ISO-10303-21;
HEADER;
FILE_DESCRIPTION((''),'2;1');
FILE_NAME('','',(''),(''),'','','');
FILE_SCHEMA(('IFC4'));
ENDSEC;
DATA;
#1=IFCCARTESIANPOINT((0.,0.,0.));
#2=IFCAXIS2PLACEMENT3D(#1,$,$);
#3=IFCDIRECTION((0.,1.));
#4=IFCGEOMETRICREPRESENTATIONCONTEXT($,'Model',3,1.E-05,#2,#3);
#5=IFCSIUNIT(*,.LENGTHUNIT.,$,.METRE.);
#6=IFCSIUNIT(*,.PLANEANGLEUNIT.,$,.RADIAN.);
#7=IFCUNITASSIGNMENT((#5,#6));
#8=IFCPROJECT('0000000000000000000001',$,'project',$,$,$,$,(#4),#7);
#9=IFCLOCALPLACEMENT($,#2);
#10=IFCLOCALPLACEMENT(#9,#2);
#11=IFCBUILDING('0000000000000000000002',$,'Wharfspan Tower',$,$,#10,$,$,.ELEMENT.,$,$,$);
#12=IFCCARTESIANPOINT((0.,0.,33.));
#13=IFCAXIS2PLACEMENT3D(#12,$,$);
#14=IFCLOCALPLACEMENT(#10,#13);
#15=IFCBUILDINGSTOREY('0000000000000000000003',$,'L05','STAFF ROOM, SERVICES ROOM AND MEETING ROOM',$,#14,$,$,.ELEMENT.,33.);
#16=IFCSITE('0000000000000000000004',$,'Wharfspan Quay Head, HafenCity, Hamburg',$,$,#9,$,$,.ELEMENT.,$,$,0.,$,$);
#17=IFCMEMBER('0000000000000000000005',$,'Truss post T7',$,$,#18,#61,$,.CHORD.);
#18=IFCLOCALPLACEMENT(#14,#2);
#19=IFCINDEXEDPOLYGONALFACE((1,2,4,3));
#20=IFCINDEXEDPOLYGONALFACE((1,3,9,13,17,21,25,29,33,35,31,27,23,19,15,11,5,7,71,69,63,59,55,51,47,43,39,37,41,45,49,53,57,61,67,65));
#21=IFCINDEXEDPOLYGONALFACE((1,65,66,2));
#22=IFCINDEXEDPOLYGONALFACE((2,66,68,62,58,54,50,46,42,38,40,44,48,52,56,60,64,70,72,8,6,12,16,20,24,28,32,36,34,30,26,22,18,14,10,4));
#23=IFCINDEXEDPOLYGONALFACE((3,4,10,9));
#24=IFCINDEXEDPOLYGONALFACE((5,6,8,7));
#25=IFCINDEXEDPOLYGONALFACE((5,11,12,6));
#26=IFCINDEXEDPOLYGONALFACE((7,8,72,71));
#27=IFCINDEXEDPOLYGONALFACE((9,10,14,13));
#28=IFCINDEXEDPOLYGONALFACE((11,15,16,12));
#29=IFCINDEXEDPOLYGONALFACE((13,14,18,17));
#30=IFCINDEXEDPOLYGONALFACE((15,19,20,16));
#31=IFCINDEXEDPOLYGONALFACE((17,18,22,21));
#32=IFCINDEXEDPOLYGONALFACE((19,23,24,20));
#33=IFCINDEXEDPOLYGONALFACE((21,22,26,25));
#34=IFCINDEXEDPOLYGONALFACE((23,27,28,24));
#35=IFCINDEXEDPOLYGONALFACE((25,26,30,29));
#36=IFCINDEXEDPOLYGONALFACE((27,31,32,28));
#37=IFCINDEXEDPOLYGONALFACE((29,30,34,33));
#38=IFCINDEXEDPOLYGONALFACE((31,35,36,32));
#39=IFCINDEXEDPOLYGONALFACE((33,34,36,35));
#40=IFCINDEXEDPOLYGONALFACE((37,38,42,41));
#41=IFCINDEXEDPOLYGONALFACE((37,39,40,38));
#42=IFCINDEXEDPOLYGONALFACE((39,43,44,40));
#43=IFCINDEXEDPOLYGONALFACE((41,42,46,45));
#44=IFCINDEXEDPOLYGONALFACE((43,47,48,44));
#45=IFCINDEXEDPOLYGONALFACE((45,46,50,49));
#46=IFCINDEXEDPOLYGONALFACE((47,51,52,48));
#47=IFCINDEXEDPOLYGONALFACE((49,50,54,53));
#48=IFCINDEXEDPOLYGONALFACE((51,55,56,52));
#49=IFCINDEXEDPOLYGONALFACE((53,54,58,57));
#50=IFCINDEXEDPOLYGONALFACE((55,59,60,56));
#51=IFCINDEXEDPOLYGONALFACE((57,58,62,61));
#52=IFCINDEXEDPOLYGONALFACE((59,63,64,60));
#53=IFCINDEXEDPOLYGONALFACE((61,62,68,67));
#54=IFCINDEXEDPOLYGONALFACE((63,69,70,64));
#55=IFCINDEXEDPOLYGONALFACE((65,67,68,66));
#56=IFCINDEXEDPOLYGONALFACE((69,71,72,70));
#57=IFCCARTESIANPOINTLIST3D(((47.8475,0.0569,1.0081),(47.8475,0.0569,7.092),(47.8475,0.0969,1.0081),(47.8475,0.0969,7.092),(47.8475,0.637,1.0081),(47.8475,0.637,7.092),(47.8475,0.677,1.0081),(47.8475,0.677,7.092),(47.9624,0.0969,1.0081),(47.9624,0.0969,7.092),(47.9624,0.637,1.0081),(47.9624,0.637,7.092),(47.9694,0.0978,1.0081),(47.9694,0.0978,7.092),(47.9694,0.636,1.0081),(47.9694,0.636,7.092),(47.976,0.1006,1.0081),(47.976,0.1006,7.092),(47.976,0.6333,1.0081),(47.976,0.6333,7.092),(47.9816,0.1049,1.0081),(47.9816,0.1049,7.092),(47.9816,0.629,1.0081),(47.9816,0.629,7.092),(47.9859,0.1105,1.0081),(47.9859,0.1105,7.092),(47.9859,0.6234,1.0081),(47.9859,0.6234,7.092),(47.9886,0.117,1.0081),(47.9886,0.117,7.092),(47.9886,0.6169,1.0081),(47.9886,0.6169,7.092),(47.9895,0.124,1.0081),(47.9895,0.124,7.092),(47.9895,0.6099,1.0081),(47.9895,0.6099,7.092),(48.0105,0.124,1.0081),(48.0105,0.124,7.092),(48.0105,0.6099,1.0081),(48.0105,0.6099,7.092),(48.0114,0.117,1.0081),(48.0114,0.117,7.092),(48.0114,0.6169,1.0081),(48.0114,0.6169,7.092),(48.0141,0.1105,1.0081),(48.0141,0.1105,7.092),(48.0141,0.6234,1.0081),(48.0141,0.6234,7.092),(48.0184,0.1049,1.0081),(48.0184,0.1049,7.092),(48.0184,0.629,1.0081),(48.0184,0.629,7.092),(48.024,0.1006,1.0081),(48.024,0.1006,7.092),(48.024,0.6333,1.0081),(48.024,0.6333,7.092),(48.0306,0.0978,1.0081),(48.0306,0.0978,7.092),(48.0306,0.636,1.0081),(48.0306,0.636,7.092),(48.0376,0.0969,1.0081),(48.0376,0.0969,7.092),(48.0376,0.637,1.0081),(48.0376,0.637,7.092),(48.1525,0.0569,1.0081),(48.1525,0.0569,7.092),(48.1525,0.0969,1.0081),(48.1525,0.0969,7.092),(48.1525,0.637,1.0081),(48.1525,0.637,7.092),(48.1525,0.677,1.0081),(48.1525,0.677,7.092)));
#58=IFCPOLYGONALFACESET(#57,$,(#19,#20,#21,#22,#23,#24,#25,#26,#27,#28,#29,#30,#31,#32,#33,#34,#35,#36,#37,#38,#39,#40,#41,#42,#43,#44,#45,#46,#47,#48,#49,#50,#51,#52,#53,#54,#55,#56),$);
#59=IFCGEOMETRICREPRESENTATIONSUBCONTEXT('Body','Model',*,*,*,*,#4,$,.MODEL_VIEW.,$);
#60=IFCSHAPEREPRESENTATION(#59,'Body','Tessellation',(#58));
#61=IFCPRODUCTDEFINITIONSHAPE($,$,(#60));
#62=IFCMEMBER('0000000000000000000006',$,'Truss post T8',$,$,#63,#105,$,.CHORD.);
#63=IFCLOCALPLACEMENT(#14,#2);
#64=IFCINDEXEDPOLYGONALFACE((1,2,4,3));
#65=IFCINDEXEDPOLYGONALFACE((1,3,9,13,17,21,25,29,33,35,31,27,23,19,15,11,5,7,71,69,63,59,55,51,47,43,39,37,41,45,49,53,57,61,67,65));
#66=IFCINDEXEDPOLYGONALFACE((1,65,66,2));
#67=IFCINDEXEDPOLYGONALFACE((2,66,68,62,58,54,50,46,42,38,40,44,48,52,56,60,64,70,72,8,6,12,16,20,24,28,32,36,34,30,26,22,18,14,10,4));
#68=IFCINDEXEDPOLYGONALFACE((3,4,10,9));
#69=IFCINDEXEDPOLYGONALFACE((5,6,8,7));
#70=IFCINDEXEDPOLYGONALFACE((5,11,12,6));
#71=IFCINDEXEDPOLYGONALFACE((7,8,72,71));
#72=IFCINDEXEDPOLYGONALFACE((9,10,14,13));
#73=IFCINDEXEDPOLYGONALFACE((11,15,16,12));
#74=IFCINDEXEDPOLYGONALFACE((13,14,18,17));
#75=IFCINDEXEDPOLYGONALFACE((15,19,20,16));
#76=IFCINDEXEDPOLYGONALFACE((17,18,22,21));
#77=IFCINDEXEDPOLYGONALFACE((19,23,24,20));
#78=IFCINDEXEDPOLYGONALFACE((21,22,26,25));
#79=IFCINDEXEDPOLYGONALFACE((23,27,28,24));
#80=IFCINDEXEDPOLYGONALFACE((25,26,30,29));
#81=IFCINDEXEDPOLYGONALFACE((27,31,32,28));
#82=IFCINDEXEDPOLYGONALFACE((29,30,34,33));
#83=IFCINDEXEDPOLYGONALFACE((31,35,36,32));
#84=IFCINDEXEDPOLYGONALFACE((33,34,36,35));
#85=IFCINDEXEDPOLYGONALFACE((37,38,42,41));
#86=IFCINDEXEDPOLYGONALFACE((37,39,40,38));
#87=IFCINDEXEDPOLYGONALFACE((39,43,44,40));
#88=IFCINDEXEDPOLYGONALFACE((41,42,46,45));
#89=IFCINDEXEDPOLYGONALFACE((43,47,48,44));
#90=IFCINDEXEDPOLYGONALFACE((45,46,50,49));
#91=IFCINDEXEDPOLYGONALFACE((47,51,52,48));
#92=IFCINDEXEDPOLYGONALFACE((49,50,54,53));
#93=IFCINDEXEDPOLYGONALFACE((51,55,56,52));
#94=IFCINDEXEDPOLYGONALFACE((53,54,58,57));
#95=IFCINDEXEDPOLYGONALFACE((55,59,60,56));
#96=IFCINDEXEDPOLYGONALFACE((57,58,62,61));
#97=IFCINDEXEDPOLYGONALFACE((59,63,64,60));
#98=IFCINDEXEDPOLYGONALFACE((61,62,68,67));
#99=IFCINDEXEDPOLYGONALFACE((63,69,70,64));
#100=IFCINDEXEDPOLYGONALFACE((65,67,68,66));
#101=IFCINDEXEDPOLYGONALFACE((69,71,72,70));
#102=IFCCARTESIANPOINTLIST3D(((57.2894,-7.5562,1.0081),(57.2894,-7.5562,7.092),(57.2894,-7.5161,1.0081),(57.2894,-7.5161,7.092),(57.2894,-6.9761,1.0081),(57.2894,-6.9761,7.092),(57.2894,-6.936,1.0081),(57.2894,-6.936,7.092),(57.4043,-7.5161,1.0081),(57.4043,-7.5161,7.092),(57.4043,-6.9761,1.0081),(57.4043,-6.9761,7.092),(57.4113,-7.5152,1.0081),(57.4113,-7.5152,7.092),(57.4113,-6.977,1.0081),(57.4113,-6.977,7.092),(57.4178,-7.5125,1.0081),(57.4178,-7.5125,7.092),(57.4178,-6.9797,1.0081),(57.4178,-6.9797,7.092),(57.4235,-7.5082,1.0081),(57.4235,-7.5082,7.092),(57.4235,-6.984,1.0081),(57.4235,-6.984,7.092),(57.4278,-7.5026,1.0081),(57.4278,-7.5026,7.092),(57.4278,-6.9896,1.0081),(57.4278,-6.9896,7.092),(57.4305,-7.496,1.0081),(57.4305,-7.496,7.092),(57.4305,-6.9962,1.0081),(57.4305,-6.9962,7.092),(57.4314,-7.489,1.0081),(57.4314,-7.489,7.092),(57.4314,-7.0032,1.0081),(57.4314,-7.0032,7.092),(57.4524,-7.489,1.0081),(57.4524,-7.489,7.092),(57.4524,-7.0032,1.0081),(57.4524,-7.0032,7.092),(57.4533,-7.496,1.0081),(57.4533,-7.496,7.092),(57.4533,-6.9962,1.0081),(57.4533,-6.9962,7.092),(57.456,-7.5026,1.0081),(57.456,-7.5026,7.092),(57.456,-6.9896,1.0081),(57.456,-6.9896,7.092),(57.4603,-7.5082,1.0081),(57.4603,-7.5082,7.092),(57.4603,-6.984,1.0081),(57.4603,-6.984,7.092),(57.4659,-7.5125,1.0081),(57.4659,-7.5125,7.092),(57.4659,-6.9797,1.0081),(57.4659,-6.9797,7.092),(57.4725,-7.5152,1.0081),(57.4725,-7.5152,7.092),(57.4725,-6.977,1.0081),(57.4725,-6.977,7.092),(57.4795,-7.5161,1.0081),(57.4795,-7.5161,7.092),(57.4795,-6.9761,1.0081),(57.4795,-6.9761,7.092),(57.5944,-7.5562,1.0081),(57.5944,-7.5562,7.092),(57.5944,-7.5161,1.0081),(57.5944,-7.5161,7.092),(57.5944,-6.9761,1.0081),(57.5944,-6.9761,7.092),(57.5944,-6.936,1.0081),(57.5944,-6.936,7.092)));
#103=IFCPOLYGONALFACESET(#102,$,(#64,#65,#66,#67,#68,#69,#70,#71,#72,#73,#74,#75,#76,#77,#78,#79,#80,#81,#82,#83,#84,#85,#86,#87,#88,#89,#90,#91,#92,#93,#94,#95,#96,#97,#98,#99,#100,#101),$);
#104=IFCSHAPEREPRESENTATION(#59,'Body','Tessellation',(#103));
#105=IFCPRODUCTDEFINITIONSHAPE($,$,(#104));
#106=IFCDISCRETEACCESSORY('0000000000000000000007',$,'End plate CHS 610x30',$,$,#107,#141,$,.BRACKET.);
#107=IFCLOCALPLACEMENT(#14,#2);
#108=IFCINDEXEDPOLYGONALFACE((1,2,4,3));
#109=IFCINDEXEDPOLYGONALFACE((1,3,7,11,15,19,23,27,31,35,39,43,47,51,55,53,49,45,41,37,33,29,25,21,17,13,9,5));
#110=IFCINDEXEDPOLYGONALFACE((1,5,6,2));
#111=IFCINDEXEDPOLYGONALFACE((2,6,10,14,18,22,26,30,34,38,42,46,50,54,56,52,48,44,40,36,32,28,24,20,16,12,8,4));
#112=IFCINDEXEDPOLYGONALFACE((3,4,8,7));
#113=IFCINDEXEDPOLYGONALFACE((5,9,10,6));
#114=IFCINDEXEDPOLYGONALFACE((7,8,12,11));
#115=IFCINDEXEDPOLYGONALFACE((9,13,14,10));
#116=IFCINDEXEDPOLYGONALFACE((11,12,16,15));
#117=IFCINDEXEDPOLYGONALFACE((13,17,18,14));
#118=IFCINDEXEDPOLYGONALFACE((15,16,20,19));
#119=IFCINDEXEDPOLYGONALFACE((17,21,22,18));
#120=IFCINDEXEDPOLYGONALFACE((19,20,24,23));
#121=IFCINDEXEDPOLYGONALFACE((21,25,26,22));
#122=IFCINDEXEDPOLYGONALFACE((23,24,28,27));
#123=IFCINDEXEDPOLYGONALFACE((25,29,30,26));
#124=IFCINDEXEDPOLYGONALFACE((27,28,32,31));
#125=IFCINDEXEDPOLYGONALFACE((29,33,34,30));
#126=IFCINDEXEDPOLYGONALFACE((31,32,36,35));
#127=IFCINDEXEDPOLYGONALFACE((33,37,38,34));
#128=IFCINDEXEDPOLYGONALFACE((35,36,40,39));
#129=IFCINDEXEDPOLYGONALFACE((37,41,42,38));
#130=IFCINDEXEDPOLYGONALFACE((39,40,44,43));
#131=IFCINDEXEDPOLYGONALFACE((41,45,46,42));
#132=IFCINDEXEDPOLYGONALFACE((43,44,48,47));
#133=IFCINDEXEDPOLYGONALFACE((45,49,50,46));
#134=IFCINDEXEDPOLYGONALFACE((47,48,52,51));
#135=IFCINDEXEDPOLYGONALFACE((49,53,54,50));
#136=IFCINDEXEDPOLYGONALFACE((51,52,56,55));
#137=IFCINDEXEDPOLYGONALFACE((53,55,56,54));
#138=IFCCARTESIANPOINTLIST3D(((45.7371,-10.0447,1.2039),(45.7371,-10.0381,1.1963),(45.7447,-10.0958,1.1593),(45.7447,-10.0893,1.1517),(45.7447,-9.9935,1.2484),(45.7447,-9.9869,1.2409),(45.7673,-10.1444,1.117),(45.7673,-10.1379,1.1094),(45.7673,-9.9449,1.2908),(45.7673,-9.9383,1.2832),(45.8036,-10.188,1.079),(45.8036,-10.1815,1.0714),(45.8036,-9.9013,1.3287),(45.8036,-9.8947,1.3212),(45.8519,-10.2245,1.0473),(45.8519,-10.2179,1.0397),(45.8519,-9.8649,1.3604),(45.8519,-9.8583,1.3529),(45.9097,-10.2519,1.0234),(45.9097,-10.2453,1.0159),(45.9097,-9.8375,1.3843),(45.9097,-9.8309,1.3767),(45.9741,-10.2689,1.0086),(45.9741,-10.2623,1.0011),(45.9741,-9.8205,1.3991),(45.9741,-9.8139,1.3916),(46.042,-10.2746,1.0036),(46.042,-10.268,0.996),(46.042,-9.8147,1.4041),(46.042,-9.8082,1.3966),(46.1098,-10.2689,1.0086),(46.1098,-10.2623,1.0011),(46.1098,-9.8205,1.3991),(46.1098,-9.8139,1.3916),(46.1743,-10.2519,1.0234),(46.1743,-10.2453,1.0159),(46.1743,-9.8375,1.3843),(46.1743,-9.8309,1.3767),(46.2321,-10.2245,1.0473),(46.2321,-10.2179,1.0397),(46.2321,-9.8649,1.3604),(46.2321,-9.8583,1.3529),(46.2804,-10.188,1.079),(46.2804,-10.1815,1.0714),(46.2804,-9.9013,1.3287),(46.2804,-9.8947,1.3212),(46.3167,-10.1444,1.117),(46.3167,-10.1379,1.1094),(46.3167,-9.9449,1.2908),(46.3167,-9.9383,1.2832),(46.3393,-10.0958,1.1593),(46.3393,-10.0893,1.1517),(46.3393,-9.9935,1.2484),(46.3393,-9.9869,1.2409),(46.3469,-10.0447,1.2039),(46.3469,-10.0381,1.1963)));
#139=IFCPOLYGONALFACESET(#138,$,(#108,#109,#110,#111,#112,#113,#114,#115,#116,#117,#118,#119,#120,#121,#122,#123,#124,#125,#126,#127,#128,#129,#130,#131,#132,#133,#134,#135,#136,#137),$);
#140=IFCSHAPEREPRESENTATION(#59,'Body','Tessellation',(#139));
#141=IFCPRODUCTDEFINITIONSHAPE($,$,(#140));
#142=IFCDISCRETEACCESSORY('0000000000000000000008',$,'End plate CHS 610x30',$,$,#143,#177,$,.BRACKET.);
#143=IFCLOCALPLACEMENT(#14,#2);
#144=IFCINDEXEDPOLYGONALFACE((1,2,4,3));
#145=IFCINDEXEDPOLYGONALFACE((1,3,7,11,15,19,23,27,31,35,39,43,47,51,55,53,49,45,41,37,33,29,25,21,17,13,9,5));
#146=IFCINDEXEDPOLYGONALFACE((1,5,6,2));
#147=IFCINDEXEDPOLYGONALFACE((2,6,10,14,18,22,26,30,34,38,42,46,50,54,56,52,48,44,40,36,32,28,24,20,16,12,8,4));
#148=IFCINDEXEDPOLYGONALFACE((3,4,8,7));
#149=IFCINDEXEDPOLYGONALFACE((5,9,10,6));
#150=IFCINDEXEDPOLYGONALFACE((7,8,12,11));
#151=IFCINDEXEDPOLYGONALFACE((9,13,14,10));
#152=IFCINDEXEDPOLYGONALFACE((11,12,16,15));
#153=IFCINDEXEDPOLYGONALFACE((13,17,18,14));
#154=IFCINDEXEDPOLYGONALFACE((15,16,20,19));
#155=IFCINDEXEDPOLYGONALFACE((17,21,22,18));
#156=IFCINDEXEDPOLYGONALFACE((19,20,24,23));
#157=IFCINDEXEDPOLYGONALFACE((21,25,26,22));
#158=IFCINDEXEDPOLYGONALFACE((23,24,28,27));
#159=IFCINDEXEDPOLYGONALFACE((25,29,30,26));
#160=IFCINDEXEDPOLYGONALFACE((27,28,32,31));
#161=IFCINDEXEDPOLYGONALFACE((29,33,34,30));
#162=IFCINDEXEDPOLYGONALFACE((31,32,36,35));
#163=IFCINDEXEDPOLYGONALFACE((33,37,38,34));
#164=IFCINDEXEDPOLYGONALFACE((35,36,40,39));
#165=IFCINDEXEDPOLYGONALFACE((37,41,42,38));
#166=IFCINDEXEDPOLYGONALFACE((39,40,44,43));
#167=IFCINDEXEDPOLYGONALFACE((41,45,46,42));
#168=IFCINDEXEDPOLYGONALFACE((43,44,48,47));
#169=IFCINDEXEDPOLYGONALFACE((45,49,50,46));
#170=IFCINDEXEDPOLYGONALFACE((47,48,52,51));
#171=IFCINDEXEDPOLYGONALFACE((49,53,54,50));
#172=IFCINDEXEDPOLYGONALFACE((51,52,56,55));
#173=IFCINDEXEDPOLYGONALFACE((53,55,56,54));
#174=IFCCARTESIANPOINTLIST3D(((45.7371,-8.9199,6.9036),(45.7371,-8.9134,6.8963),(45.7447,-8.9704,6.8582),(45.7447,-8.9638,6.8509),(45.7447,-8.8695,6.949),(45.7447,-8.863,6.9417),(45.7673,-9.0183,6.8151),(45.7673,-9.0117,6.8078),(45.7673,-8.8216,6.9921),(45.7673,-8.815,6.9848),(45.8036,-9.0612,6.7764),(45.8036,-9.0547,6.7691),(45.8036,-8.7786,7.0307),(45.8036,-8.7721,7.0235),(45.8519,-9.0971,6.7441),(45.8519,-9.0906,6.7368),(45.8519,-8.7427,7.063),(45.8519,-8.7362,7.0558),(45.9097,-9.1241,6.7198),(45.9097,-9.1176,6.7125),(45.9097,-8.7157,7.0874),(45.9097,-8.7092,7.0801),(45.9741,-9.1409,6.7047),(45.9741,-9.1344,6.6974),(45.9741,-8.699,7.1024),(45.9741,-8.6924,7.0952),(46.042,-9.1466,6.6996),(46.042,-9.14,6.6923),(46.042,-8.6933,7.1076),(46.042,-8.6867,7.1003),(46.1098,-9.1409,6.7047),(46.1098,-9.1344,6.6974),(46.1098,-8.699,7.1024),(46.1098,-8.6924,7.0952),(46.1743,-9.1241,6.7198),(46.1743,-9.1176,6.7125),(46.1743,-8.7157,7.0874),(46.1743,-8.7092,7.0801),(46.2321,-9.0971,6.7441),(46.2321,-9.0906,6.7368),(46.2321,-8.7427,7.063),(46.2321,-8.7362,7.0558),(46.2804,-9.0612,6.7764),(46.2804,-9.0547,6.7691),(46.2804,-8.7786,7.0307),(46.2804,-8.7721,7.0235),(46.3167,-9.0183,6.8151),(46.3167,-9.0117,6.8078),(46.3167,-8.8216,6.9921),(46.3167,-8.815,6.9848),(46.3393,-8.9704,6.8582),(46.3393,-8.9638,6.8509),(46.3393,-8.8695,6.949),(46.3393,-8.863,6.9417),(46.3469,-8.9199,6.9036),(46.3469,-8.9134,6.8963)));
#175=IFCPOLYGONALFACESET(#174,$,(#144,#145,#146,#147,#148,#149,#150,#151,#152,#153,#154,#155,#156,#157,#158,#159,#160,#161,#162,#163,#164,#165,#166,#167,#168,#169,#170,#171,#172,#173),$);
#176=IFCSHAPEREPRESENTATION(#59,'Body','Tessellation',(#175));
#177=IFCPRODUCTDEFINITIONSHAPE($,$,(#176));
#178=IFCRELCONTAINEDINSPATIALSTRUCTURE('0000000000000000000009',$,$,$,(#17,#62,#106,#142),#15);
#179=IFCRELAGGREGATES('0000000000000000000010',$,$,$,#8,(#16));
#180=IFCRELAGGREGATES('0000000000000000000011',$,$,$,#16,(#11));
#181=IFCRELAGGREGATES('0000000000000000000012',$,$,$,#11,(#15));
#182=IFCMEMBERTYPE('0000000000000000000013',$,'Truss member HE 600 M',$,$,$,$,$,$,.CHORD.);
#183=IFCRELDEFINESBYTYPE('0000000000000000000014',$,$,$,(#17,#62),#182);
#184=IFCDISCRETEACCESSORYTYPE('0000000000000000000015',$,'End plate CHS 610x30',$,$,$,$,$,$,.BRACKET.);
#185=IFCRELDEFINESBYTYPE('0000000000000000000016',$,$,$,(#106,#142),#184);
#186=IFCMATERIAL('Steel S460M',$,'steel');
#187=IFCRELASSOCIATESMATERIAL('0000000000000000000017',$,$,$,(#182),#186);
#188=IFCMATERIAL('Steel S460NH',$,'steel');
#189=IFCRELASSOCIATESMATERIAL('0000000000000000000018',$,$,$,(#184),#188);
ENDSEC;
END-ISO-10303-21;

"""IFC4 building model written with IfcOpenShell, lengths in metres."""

from ifc_helpers import new_model, si_unit, direction, frame, origin, origin_2d, place, context, subcontext, project, spatial, circle, i_section, extrude, material, material_profile, profile_set, type_object, element, save


model = new_model("IFC4")

# Units and contexts
model_context = context("Model", 3, precision=1e-05, world=origin(), true_north=direction((0.0, 1.0)))
body_context = subcontext(model_context, "Body", "Model", "MODEL_VIEW")
ifc_project = project(units=[si_unit("LENGTHUNIT", "METRE"), si_unit("PLANEANGLEUNIT", "RADIAN")], contexts=[model_context])

# Site, building, storey
site_placement = place(None, origin())
site = spatial("IfcSite", under=ifc_project, at=site_placement, Name="Wharfspan Quay Head, HafenCity, Hamburg", CompositionType="ELEMENT", RefElevation=0.0)
building_placement = place(site_placement, origin())
building = spatial("IfcBuilding", under=site, at=building_placement, Name="Wharfspan Tower", CompositionType="ELEMENT")
storey_placement = place(building_placement, frame((0.0, 0.0, 33.0)))
storey = spatial("IfcBuildingStorey", under=building, at=storey_placement, Name="L05", Description="STAFF ROOM, SERVICES ROOM AND MEETING ROOM", CompositionType="ELEMENT", Elevation=33.0)

# Members
ifc_material_1 = material(Name="Steel S460NH", Category="steel")
ifc_material_2 = material(Name="Steel S460M", Category="steel")
ifc_material_profile_1 = material_profile(ifc_material_2, i_section(OverallWidth=0.3049, OverallDepth=0.6201, WebThickness=0.021, FlangeThickness=0.04, FilletRadius=0.0271, at=origin_2d()))
ifc_profile_set_1 = profile_set([ifc_material_profile_1], Name="Steel S460M")
member_type_1 = type_object("IfcMemberType", Name="Truss member HE 600 M", PredefinedType="CHORD", material=ifc_profile_set_1)
for number, where, z_axis, x_axis, name in (
    (1, (48.0, 0.3669, 1.0081), (0.0, 0.0, 1.0), (1.0, 0.0, 0.0), "Truss post T7"),
    (2, (57.4419, -7.2461, 1.0081), (0.0, 0.0, 1.0), (1.0, 0.0, 0.0), "Truss post T8"),
):
    element("IfcMember", number, at=place(storey_placement, frame(where, z_axis=z_axis, x_axis=x_axis)), inside=storey, type_object=member_type_1, Name=name, PredefinedType="CHORD", context=body_context, shape_type="SweptSolid", body=[
        extrude(i_section(OverallWidth=0.3049, OverallDepth=0.6201, WebThickness=0.021, FlangeThickness=0.04, FilletRadius=0.0271, at=origin_2d()), origin(), (0.0, 0.0, 1.0), 6.084),
    ])

# Discrete accessories
ifc_material_profile_2 = material_profile(ifc_material_1, circle(Radius=0.3049, at=origin_2d()))
ifc_profile_set_2 = profile_set([ifc_material_profile_2], Name="Steel S460NH")
discrete_accessory_type_1 = type_object("IfcDiscreteAccessoryType", Name="End plate CHS 610x30", PredefinedType="BRACKET", material=ifc_profile_set_2)
discrete_accessory_1_placement = place(storey_placement, frame((46.042, -10.0447, 1.2039), z_axis=(0.0, 0.656781, -0.754082), x_axis=(-1.0, 0.0, 0.0)))
element("IfcDiscreteAccessory", 3, at=discrete_accessory_1_placement, inside=storey, type_object=discrete_accessory_type_1, Name="End plate CHS 610x30", PredefinedType="BRACKET", context=body_context, shape_type="SweptSolid", body=[
    extrude(circle(Radius=0.3049, at=origin_2d()), origin(), (0.0, 0.0, 1.0), 0.01),
])
discrete_accessory_2_placement = place(storey_placement, frame((46.042, -8.9199, 6.9036), z_axis=(0.0, 0.668965, -0.743294), x_axis=(-1.0, 0.0, 0.0)))
element("IfcDiscreteAccessory", 4, at=discrete_accessory_2_placement, inside=storey, type_object=discrete_accessory_type_1, Name="End plate CHS 610x30", PredefinedType="BRACKET", context=body_context, shape_type="SweptSolid", body=[
    extrude(circle(Radius=0.3049, at=origin_2d()), origin(), (0.0, 0.0, 1.0), 0.0098),
])

save(model, "model.ifc")
